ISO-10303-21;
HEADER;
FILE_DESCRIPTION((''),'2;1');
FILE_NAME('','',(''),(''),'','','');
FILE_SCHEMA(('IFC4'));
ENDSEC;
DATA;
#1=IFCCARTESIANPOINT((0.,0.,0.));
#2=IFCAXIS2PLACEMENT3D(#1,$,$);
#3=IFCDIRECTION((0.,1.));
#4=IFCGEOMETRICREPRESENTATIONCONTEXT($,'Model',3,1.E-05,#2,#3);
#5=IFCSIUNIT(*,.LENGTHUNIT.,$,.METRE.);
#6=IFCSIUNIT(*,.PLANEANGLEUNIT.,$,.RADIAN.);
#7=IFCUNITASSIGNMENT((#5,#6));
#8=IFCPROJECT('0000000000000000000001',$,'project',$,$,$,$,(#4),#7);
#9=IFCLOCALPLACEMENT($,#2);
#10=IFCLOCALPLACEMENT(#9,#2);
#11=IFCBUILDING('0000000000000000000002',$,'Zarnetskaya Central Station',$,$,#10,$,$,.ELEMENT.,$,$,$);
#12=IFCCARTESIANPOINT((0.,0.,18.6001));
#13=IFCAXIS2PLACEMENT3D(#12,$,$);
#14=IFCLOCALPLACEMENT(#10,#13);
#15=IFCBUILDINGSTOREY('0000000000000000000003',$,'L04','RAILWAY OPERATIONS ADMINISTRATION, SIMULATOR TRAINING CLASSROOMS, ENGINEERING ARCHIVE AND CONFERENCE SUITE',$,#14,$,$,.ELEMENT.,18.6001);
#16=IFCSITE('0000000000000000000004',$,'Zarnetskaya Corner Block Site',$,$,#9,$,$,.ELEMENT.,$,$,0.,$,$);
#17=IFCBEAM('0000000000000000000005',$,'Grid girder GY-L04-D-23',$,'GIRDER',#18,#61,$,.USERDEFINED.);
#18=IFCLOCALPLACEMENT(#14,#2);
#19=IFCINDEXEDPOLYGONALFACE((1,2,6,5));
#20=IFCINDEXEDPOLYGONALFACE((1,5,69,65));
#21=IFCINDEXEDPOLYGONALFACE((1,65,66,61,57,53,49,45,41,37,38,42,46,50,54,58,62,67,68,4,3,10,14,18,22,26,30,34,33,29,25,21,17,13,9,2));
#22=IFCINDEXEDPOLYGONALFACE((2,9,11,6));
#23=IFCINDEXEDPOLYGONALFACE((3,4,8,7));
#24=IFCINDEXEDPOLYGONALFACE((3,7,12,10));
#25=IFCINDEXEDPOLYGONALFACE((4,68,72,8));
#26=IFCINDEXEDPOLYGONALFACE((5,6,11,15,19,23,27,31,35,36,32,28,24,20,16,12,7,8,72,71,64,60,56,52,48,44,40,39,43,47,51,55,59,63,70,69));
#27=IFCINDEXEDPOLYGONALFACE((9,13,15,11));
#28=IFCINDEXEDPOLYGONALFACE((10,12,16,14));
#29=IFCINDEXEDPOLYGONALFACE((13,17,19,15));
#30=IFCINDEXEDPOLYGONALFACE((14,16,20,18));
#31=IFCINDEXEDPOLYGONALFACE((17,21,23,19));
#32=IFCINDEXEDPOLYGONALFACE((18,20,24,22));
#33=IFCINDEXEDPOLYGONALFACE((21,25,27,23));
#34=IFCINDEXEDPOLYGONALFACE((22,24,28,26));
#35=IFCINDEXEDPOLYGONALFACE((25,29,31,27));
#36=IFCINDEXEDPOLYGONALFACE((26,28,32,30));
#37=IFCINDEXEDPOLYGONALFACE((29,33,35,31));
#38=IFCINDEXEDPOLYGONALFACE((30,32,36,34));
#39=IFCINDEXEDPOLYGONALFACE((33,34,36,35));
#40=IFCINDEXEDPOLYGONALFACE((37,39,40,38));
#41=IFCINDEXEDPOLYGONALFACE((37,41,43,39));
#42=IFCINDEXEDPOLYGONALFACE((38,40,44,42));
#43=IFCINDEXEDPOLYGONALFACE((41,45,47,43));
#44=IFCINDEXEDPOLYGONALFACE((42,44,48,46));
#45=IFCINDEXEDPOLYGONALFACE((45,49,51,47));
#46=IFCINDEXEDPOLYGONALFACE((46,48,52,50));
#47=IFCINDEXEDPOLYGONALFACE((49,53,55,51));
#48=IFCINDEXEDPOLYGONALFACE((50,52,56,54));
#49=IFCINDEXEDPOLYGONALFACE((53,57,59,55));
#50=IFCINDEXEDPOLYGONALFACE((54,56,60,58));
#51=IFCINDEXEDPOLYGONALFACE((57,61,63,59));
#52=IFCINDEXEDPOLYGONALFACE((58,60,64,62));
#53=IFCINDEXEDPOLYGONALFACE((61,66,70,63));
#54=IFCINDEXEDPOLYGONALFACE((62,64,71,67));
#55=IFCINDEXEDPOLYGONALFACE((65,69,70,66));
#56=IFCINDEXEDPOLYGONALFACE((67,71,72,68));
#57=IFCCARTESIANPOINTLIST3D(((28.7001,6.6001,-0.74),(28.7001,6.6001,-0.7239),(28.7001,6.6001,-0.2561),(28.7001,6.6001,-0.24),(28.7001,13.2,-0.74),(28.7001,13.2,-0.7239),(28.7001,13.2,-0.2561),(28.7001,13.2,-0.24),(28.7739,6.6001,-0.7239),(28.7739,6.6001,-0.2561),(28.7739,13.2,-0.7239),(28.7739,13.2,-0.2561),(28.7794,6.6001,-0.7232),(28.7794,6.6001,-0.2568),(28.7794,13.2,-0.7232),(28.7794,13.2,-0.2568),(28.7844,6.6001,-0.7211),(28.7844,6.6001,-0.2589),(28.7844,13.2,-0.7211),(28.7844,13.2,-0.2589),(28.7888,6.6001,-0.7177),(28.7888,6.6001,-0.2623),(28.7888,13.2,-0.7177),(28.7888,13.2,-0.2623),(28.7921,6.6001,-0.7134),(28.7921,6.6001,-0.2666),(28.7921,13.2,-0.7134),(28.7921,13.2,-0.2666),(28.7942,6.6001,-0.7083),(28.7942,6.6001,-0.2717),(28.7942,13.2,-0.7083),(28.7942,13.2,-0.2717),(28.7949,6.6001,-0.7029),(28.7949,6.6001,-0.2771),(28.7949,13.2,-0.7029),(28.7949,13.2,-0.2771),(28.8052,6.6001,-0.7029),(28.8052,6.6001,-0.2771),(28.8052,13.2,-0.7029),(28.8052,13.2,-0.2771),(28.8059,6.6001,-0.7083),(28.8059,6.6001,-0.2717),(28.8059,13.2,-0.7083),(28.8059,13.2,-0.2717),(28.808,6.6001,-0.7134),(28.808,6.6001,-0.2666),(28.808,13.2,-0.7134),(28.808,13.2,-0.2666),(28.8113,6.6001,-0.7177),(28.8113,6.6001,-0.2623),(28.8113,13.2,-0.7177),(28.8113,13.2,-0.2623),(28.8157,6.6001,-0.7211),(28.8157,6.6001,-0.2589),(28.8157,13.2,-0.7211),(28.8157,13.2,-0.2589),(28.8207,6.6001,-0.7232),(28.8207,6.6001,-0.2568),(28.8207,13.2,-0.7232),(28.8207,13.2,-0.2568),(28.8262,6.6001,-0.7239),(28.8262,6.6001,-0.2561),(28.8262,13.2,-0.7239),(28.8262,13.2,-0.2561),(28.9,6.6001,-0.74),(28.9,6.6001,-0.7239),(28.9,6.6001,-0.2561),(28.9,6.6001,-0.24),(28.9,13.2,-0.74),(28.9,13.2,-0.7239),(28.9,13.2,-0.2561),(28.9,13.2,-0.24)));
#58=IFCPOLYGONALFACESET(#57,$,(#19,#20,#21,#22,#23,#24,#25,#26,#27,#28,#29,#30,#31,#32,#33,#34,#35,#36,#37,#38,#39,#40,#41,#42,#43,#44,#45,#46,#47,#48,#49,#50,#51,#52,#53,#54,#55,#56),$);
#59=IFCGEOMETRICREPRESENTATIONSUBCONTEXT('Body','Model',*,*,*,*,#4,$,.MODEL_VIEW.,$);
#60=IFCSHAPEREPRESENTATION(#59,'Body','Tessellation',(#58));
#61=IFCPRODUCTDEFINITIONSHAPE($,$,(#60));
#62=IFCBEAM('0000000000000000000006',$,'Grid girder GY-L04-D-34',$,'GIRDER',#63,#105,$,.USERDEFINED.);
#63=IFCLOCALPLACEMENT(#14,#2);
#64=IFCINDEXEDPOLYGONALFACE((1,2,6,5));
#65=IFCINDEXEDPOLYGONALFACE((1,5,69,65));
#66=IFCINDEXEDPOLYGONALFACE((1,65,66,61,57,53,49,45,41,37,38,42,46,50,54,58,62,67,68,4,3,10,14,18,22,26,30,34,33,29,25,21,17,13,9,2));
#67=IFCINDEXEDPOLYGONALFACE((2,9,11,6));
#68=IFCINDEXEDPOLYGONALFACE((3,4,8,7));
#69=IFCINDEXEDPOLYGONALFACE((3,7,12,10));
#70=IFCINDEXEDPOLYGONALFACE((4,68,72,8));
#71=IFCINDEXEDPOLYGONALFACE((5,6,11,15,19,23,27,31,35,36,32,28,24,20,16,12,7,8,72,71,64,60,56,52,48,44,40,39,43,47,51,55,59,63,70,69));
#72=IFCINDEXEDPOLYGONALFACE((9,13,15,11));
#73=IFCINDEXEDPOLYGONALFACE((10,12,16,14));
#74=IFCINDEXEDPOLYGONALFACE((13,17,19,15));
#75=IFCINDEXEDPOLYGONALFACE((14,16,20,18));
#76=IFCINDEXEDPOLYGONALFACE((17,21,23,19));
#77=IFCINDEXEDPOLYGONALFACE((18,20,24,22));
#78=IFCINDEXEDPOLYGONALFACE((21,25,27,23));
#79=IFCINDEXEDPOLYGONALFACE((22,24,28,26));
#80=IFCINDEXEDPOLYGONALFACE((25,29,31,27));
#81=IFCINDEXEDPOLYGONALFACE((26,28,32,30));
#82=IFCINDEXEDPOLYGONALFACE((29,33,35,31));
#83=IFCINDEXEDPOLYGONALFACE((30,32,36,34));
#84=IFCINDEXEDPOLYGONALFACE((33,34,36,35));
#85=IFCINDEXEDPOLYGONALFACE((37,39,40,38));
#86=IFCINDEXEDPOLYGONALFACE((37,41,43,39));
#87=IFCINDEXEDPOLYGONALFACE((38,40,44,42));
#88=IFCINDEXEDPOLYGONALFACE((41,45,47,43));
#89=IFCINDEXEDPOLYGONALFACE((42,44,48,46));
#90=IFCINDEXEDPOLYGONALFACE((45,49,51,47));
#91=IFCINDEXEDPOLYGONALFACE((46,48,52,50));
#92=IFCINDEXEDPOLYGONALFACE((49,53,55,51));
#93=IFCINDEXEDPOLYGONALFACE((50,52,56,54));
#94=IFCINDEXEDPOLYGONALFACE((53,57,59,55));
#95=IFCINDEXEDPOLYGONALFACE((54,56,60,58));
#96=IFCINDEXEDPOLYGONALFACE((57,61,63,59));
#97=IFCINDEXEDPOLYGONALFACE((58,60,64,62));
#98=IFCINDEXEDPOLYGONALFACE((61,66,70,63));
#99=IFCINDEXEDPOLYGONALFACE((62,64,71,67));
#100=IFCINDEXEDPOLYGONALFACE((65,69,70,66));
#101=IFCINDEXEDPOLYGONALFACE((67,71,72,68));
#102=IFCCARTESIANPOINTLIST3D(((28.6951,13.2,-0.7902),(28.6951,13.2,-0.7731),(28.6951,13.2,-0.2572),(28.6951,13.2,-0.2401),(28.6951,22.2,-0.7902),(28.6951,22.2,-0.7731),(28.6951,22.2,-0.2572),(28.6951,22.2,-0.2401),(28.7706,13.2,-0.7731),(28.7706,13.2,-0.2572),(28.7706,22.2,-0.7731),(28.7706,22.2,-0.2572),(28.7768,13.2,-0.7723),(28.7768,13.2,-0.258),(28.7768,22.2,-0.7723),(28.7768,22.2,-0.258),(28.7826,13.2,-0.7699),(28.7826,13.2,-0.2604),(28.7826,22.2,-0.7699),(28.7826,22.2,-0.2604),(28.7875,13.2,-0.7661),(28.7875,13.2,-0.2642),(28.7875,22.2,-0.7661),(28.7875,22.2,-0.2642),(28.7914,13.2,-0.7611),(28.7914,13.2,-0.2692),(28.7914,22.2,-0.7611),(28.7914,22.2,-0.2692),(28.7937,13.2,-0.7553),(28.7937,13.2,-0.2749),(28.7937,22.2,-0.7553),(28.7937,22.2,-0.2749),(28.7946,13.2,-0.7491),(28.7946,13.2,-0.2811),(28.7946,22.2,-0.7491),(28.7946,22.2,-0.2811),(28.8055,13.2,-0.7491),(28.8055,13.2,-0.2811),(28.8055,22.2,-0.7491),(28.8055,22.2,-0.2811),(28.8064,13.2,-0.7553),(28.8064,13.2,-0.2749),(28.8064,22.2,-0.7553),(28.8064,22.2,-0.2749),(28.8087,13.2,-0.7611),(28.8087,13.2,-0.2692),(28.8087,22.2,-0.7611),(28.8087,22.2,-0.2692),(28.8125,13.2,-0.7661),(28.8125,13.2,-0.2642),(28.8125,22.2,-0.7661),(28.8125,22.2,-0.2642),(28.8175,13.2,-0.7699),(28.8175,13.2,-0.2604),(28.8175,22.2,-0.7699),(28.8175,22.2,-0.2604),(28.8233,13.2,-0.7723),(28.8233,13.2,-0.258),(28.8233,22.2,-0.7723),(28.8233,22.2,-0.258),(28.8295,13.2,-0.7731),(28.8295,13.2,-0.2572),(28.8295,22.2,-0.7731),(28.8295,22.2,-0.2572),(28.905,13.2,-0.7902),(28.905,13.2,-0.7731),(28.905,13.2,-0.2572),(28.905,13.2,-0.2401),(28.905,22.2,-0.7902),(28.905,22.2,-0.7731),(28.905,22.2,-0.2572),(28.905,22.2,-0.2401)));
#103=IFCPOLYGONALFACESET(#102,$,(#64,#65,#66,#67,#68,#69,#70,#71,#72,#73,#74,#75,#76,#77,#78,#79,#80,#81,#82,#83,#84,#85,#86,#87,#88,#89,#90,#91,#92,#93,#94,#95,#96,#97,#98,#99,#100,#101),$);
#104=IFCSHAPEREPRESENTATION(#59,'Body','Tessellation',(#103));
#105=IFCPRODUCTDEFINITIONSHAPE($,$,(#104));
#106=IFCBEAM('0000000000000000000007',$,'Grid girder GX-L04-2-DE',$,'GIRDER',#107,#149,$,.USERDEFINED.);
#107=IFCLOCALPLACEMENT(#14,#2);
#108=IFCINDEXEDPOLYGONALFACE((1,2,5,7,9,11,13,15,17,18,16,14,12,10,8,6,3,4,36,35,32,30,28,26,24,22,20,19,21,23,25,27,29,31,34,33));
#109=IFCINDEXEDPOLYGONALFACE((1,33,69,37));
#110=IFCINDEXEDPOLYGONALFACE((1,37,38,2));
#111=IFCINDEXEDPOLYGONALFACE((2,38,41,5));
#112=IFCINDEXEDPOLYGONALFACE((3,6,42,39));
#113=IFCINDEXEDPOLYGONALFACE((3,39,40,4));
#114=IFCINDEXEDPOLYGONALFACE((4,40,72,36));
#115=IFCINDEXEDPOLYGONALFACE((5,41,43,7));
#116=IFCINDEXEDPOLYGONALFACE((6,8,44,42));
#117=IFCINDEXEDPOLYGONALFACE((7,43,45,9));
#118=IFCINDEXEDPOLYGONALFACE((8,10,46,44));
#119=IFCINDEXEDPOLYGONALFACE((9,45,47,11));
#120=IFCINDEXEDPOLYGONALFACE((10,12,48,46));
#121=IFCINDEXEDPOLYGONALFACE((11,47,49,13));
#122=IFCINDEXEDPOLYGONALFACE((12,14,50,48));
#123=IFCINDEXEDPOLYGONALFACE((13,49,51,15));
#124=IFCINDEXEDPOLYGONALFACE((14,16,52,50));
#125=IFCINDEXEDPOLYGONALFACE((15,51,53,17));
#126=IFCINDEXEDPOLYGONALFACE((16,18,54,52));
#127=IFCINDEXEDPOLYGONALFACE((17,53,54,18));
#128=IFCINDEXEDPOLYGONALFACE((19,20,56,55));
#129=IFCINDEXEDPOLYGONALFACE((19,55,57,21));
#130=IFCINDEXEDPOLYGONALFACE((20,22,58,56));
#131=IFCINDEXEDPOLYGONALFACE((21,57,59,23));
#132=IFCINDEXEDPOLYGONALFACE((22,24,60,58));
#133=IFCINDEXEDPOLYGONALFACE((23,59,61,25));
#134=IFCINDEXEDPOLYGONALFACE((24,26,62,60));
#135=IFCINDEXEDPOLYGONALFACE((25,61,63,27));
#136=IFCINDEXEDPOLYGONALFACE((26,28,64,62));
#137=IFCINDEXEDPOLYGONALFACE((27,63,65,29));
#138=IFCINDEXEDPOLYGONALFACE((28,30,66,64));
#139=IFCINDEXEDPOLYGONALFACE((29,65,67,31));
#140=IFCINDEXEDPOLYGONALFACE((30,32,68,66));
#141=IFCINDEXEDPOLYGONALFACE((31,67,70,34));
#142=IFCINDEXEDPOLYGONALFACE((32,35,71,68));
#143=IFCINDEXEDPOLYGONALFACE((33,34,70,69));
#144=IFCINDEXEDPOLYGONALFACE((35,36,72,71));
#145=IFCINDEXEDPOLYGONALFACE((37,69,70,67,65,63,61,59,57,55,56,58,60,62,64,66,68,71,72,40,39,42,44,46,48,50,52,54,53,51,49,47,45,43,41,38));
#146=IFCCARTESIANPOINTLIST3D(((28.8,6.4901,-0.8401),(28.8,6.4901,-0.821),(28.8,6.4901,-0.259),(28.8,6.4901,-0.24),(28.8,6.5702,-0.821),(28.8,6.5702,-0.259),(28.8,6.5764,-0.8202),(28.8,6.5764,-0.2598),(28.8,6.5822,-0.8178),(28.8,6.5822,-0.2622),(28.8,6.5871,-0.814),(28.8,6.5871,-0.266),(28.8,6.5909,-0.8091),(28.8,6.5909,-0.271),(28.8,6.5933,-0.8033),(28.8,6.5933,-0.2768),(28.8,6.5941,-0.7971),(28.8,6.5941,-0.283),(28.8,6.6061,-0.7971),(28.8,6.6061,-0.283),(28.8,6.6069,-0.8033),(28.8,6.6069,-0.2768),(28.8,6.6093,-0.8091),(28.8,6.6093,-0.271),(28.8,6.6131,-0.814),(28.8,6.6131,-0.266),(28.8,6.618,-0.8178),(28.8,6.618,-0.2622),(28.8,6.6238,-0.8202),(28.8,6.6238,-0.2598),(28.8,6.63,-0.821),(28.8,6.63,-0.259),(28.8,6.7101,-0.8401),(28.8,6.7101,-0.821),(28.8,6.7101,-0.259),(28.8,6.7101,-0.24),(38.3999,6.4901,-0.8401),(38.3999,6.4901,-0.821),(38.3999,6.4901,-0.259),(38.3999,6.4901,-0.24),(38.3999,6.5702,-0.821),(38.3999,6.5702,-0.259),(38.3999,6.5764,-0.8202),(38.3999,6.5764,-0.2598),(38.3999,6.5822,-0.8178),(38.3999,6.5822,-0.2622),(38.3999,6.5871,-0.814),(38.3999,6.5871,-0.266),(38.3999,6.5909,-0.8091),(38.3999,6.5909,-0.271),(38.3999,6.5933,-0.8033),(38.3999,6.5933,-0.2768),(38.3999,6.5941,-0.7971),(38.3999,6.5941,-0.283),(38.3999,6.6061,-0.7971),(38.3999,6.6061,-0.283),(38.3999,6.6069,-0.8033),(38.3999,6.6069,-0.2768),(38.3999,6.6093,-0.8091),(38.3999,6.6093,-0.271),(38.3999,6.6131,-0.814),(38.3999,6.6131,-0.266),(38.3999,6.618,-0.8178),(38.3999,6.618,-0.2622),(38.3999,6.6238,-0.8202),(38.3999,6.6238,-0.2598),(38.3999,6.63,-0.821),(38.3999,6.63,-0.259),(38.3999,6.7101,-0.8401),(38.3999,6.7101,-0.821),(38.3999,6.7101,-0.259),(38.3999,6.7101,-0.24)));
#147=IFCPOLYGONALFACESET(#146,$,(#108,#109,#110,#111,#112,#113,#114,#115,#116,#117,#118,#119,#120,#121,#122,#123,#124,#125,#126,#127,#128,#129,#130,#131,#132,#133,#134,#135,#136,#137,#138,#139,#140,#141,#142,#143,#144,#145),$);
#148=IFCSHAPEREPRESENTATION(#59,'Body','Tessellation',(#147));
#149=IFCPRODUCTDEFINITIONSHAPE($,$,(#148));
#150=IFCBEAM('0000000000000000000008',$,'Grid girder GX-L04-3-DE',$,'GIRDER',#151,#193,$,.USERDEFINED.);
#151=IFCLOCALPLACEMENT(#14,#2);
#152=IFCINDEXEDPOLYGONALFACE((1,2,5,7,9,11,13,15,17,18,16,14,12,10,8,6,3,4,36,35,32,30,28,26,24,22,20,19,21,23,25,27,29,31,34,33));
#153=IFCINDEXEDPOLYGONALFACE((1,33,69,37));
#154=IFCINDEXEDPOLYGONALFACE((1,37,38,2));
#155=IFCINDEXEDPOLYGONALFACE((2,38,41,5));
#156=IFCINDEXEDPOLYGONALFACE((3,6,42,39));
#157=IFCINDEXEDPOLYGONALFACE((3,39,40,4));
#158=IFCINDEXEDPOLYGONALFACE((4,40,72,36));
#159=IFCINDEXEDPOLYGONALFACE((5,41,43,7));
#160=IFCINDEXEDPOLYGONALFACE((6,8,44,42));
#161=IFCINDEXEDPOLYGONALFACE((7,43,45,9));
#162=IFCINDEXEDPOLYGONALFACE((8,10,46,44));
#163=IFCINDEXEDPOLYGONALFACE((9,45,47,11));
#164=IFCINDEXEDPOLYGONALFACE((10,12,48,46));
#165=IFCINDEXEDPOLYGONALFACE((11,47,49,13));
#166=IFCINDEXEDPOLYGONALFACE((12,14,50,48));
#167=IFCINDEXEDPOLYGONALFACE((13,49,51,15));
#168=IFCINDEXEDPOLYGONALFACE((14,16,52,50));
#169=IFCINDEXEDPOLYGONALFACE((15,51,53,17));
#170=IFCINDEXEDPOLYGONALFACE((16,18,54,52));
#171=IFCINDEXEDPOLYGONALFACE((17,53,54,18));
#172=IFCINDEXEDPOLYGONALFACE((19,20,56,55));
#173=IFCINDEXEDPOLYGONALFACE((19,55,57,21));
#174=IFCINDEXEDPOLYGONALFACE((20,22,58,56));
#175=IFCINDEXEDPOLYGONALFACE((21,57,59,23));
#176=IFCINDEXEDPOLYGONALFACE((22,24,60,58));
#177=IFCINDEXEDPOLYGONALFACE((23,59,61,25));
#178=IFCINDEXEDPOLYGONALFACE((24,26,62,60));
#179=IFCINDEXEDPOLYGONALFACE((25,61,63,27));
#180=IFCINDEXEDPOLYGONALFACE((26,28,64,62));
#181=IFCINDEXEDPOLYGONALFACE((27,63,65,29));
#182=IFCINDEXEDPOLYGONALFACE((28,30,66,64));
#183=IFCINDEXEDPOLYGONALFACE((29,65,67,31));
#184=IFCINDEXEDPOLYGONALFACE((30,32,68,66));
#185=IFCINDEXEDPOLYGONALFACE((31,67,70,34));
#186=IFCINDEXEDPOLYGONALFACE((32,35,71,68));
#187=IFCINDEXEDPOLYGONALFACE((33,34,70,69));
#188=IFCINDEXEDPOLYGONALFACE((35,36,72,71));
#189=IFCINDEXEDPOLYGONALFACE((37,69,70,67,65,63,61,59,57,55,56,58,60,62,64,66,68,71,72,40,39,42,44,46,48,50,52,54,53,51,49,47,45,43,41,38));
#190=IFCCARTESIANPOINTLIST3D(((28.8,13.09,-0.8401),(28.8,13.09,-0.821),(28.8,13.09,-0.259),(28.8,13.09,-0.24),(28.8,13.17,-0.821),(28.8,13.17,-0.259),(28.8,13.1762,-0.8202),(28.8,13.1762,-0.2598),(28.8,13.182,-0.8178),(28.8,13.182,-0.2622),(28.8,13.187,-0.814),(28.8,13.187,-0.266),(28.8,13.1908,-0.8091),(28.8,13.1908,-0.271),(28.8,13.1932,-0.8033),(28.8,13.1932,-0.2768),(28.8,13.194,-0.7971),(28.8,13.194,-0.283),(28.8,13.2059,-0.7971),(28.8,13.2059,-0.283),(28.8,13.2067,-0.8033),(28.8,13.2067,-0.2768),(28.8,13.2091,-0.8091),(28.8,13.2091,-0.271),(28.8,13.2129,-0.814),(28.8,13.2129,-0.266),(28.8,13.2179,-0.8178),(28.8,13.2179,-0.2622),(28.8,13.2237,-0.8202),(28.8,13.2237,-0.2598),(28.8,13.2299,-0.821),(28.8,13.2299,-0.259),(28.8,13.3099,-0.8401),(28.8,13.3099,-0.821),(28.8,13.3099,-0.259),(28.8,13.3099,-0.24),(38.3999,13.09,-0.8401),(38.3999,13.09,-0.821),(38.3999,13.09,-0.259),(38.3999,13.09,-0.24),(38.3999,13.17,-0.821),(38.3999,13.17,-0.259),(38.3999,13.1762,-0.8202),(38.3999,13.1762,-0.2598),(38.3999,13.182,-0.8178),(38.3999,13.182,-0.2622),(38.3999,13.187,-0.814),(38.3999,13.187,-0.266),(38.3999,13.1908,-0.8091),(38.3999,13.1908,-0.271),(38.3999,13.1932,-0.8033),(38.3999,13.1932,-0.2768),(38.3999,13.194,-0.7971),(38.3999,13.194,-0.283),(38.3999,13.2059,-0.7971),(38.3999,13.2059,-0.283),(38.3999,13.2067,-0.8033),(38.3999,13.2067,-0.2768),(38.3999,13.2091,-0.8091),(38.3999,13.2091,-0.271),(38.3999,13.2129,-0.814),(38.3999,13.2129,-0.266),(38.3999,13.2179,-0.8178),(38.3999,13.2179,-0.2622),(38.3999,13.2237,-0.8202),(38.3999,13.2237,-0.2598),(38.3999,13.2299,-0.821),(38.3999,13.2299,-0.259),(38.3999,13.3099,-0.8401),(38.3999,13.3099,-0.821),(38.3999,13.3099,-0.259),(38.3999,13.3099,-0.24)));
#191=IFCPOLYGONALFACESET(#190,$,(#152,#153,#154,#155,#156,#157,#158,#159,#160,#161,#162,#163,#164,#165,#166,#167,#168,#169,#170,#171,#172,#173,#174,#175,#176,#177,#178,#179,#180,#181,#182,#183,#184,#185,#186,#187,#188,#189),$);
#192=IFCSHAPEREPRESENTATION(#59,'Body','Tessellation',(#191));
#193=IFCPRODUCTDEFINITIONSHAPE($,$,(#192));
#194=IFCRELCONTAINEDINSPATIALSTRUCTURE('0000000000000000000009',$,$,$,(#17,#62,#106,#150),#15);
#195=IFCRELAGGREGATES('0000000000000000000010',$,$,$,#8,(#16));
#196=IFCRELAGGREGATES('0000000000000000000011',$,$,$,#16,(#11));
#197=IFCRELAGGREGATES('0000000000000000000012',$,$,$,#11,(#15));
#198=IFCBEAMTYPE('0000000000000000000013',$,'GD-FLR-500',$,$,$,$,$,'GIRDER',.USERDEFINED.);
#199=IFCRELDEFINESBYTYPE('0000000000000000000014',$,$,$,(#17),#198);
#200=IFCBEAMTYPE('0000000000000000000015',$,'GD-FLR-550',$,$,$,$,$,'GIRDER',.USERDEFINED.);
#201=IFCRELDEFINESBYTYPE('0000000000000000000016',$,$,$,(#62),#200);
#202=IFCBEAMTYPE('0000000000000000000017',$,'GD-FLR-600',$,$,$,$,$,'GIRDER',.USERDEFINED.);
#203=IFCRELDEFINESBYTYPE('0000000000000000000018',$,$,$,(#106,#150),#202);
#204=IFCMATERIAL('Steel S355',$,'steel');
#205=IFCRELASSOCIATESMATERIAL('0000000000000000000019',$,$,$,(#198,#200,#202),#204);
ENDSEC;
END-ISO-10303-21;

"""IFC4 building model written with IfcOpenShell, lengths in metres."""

from ifc_helpers import new_model, si_unit, direction, frame, origin, origin_2d, place, context, subcontext, project, spatial, i_section, extrude, material, material_profile, profile_set, type_object, element, save


model = new_model("IFC4")

# Units and contexts
model_context = context("Model", 3, precision=1e-05, world=origin(), true_north=direction((0.0, 1.0)))
body_context = subcontext(model_context, "Body", "Model", "MODEL_VIEW")
ifc_project = project(units=[si_unit("LENGTHUNIT", "METRE"), si_unit("PLANEANGLEUNIT", "RADIAN")], contexts=[model_context])

# Site, building, storey
site_placement = place(None, origin())
site = spatial("IfcSite", under=ifc_project, at=site_placement, Name="Zarnetskaya Corner Block Site", CompositionType="ELEMENT", RefElevation=0.0)
building_placement = place(site_placement, origin())
building = spatial("IfcBuilding", under=site, at=building_placement, Name="Zarnetskaya Central Station", CompositionType="ELEMENT")
storey_placement = place(building_placement, frame((0.0, 0.0, 18.6001)))
storey = spatial("IfcBuildingStorey", under=building, at=storey_placement, Name="L04", Description="RAILWAY OPERATIONS ADMINISTRATION, SIMULATOR TRAINING CLASSROOMS, ENGINEERING ARCHIVE AND CONFERENCE SUITE", CompositionType="ELEMENT", Elevation=18.6001)

# Shared definitions
ifc_material_1 = material(Name="Steel S355", Category="steel")

# Beams
ifc_material_profile_1 = material_profile(ifc_material_1, i_section(OverallWidth=0.2, OverallDepth=0.5, WebThickness=0.0103, FlangeThickness=0.0161, FilletRadius=0.021, at=origin_2d()), Name="IPE 500")
ifc_profile_set_1 = profile_set([ifc_material_profile_1], Name="Steel S355")
beam_type_1 = type_object("IfcBeamType", Name="GD-FLR-500", ElementType="GIRDER", PredefinedType="USERDEFINED", material=ifc_profile_set_1)
beam_1_placement = place(storey_placement, frame((28.8, 6.6001, -0.49), z_axis=(0.0, 1.0, 0.0), x_axis=(-1.0, 0.0, 0.0)))
element("IfcBeam", 1, at=beam_1_placement, inside=storey, type_object=beam_type_1, Name="Grid girder GY-L04-D-23", ObjectType="GIRDER", PredefinedType="USERDEFINED", context=body_context, shape_type="SweptSolid", body=[
    extrude(i_section(OverallWidth=0.2, OverallDepth=0.5, WebThickness=0.0103, FlangeThickness=0.0161, FilletRadius=0.021, at=origin_2d()), origin(), (0.0, 0.0, 1.0), 6.5999),
])
ifc_material_profile_2 = material_profile(ifc_material_1, i_section(OverallWidth=0.21, OverallDepth=0.55, WebThickness=0.011, FlangeThickness=0.0171, FilletRadius=0.0239, at=origin_2d()), Name="IPE 550")
ifc_profile_set_2 = profile_set([ifc_material_profile_2], Name="Steel S355")
beam_type_2 = type_object("IfcBeamType", Name="GD-FLR-550", ElementType="GIRDER", PredefinedType="USERDEFINED", material=ifc_profile_set_2)
beam_2_placement = place(storey_placement, frame((28.8, 13.2, -0.5151), z_axis=(0.0, 1.0, 0.0), x_axis=(-1.0, 0.0, 0.0)))
element("IfcBeam", 2, at=beam_2_placement, inside=storey, type_object=beam_type_2, Name="Grid girder GY-L04-D-34", ObjectType="GIRDER", PredefinedType="USERDEFINED", context=body_context, shape_type="SweptSolid", body=[
    extrude(i_section(OverallWidth=0.21, OverallDepth=0.55, WebThickness=0.011, FlangeThickness=0.0171, FilletRadius=0.0239, at=origin_2d()), origin(), (0.0, 0.0, 1.0), 9.0),
])
ifc_material_profile_3 = material_profile(ifc_material_1, i_section(OverallWidth=0.22, OverallDepth=0.6001, WebThickness=0.012, FlangeThickness=0.019, FilletRadius=0.0239, at=origin_2d()), Name="IPE 600")
ifc_profile_set_3 = profile_set([ifc_material_profile_3], Name="Steel S355")
beam_type_3 = type_object("IfcBeamType", Name="GD-FLR-600", ElementType="GIRDER", PredefinedType="USERDEFINED", material=ifc_profile_set_3)
for number, where, z_axis, x_axis, name in (
    (3, (28.8, 6.6001, -0.54), (1.0, 0.0, 0.0), (0.0, 1.0, 0.0), "Grid girder GX-L04-2-DE"),
    (4, (28.8, 13.2, -0.54), (1.0, 0.0, 0.0), (0.0, 1.0, 0.0), "Grid girder GX-L04-3-DE"),
):
    element("IfcBeam", number, at=place(storey_placement, frame(where, z_axis=z_axis, x_axis=x_axis)), inside=storey, type_object=beam_type_3, Name=name, ObjectType="GIRDER", PredefinedType="USERDEFINED", context=body_context, shape_type="SweptSolid", body=[
        extrude(i_section(OverallWidth=0.22, OverallDepth=0.6001, WebThickness=0.012, FlangeThickness=0.019, FilletRadius=0.0239, at=origin_2d()), origin(), (0.0, 0.0, 1.0), 9.5999),
    ])

save(model, "model.ifc")
